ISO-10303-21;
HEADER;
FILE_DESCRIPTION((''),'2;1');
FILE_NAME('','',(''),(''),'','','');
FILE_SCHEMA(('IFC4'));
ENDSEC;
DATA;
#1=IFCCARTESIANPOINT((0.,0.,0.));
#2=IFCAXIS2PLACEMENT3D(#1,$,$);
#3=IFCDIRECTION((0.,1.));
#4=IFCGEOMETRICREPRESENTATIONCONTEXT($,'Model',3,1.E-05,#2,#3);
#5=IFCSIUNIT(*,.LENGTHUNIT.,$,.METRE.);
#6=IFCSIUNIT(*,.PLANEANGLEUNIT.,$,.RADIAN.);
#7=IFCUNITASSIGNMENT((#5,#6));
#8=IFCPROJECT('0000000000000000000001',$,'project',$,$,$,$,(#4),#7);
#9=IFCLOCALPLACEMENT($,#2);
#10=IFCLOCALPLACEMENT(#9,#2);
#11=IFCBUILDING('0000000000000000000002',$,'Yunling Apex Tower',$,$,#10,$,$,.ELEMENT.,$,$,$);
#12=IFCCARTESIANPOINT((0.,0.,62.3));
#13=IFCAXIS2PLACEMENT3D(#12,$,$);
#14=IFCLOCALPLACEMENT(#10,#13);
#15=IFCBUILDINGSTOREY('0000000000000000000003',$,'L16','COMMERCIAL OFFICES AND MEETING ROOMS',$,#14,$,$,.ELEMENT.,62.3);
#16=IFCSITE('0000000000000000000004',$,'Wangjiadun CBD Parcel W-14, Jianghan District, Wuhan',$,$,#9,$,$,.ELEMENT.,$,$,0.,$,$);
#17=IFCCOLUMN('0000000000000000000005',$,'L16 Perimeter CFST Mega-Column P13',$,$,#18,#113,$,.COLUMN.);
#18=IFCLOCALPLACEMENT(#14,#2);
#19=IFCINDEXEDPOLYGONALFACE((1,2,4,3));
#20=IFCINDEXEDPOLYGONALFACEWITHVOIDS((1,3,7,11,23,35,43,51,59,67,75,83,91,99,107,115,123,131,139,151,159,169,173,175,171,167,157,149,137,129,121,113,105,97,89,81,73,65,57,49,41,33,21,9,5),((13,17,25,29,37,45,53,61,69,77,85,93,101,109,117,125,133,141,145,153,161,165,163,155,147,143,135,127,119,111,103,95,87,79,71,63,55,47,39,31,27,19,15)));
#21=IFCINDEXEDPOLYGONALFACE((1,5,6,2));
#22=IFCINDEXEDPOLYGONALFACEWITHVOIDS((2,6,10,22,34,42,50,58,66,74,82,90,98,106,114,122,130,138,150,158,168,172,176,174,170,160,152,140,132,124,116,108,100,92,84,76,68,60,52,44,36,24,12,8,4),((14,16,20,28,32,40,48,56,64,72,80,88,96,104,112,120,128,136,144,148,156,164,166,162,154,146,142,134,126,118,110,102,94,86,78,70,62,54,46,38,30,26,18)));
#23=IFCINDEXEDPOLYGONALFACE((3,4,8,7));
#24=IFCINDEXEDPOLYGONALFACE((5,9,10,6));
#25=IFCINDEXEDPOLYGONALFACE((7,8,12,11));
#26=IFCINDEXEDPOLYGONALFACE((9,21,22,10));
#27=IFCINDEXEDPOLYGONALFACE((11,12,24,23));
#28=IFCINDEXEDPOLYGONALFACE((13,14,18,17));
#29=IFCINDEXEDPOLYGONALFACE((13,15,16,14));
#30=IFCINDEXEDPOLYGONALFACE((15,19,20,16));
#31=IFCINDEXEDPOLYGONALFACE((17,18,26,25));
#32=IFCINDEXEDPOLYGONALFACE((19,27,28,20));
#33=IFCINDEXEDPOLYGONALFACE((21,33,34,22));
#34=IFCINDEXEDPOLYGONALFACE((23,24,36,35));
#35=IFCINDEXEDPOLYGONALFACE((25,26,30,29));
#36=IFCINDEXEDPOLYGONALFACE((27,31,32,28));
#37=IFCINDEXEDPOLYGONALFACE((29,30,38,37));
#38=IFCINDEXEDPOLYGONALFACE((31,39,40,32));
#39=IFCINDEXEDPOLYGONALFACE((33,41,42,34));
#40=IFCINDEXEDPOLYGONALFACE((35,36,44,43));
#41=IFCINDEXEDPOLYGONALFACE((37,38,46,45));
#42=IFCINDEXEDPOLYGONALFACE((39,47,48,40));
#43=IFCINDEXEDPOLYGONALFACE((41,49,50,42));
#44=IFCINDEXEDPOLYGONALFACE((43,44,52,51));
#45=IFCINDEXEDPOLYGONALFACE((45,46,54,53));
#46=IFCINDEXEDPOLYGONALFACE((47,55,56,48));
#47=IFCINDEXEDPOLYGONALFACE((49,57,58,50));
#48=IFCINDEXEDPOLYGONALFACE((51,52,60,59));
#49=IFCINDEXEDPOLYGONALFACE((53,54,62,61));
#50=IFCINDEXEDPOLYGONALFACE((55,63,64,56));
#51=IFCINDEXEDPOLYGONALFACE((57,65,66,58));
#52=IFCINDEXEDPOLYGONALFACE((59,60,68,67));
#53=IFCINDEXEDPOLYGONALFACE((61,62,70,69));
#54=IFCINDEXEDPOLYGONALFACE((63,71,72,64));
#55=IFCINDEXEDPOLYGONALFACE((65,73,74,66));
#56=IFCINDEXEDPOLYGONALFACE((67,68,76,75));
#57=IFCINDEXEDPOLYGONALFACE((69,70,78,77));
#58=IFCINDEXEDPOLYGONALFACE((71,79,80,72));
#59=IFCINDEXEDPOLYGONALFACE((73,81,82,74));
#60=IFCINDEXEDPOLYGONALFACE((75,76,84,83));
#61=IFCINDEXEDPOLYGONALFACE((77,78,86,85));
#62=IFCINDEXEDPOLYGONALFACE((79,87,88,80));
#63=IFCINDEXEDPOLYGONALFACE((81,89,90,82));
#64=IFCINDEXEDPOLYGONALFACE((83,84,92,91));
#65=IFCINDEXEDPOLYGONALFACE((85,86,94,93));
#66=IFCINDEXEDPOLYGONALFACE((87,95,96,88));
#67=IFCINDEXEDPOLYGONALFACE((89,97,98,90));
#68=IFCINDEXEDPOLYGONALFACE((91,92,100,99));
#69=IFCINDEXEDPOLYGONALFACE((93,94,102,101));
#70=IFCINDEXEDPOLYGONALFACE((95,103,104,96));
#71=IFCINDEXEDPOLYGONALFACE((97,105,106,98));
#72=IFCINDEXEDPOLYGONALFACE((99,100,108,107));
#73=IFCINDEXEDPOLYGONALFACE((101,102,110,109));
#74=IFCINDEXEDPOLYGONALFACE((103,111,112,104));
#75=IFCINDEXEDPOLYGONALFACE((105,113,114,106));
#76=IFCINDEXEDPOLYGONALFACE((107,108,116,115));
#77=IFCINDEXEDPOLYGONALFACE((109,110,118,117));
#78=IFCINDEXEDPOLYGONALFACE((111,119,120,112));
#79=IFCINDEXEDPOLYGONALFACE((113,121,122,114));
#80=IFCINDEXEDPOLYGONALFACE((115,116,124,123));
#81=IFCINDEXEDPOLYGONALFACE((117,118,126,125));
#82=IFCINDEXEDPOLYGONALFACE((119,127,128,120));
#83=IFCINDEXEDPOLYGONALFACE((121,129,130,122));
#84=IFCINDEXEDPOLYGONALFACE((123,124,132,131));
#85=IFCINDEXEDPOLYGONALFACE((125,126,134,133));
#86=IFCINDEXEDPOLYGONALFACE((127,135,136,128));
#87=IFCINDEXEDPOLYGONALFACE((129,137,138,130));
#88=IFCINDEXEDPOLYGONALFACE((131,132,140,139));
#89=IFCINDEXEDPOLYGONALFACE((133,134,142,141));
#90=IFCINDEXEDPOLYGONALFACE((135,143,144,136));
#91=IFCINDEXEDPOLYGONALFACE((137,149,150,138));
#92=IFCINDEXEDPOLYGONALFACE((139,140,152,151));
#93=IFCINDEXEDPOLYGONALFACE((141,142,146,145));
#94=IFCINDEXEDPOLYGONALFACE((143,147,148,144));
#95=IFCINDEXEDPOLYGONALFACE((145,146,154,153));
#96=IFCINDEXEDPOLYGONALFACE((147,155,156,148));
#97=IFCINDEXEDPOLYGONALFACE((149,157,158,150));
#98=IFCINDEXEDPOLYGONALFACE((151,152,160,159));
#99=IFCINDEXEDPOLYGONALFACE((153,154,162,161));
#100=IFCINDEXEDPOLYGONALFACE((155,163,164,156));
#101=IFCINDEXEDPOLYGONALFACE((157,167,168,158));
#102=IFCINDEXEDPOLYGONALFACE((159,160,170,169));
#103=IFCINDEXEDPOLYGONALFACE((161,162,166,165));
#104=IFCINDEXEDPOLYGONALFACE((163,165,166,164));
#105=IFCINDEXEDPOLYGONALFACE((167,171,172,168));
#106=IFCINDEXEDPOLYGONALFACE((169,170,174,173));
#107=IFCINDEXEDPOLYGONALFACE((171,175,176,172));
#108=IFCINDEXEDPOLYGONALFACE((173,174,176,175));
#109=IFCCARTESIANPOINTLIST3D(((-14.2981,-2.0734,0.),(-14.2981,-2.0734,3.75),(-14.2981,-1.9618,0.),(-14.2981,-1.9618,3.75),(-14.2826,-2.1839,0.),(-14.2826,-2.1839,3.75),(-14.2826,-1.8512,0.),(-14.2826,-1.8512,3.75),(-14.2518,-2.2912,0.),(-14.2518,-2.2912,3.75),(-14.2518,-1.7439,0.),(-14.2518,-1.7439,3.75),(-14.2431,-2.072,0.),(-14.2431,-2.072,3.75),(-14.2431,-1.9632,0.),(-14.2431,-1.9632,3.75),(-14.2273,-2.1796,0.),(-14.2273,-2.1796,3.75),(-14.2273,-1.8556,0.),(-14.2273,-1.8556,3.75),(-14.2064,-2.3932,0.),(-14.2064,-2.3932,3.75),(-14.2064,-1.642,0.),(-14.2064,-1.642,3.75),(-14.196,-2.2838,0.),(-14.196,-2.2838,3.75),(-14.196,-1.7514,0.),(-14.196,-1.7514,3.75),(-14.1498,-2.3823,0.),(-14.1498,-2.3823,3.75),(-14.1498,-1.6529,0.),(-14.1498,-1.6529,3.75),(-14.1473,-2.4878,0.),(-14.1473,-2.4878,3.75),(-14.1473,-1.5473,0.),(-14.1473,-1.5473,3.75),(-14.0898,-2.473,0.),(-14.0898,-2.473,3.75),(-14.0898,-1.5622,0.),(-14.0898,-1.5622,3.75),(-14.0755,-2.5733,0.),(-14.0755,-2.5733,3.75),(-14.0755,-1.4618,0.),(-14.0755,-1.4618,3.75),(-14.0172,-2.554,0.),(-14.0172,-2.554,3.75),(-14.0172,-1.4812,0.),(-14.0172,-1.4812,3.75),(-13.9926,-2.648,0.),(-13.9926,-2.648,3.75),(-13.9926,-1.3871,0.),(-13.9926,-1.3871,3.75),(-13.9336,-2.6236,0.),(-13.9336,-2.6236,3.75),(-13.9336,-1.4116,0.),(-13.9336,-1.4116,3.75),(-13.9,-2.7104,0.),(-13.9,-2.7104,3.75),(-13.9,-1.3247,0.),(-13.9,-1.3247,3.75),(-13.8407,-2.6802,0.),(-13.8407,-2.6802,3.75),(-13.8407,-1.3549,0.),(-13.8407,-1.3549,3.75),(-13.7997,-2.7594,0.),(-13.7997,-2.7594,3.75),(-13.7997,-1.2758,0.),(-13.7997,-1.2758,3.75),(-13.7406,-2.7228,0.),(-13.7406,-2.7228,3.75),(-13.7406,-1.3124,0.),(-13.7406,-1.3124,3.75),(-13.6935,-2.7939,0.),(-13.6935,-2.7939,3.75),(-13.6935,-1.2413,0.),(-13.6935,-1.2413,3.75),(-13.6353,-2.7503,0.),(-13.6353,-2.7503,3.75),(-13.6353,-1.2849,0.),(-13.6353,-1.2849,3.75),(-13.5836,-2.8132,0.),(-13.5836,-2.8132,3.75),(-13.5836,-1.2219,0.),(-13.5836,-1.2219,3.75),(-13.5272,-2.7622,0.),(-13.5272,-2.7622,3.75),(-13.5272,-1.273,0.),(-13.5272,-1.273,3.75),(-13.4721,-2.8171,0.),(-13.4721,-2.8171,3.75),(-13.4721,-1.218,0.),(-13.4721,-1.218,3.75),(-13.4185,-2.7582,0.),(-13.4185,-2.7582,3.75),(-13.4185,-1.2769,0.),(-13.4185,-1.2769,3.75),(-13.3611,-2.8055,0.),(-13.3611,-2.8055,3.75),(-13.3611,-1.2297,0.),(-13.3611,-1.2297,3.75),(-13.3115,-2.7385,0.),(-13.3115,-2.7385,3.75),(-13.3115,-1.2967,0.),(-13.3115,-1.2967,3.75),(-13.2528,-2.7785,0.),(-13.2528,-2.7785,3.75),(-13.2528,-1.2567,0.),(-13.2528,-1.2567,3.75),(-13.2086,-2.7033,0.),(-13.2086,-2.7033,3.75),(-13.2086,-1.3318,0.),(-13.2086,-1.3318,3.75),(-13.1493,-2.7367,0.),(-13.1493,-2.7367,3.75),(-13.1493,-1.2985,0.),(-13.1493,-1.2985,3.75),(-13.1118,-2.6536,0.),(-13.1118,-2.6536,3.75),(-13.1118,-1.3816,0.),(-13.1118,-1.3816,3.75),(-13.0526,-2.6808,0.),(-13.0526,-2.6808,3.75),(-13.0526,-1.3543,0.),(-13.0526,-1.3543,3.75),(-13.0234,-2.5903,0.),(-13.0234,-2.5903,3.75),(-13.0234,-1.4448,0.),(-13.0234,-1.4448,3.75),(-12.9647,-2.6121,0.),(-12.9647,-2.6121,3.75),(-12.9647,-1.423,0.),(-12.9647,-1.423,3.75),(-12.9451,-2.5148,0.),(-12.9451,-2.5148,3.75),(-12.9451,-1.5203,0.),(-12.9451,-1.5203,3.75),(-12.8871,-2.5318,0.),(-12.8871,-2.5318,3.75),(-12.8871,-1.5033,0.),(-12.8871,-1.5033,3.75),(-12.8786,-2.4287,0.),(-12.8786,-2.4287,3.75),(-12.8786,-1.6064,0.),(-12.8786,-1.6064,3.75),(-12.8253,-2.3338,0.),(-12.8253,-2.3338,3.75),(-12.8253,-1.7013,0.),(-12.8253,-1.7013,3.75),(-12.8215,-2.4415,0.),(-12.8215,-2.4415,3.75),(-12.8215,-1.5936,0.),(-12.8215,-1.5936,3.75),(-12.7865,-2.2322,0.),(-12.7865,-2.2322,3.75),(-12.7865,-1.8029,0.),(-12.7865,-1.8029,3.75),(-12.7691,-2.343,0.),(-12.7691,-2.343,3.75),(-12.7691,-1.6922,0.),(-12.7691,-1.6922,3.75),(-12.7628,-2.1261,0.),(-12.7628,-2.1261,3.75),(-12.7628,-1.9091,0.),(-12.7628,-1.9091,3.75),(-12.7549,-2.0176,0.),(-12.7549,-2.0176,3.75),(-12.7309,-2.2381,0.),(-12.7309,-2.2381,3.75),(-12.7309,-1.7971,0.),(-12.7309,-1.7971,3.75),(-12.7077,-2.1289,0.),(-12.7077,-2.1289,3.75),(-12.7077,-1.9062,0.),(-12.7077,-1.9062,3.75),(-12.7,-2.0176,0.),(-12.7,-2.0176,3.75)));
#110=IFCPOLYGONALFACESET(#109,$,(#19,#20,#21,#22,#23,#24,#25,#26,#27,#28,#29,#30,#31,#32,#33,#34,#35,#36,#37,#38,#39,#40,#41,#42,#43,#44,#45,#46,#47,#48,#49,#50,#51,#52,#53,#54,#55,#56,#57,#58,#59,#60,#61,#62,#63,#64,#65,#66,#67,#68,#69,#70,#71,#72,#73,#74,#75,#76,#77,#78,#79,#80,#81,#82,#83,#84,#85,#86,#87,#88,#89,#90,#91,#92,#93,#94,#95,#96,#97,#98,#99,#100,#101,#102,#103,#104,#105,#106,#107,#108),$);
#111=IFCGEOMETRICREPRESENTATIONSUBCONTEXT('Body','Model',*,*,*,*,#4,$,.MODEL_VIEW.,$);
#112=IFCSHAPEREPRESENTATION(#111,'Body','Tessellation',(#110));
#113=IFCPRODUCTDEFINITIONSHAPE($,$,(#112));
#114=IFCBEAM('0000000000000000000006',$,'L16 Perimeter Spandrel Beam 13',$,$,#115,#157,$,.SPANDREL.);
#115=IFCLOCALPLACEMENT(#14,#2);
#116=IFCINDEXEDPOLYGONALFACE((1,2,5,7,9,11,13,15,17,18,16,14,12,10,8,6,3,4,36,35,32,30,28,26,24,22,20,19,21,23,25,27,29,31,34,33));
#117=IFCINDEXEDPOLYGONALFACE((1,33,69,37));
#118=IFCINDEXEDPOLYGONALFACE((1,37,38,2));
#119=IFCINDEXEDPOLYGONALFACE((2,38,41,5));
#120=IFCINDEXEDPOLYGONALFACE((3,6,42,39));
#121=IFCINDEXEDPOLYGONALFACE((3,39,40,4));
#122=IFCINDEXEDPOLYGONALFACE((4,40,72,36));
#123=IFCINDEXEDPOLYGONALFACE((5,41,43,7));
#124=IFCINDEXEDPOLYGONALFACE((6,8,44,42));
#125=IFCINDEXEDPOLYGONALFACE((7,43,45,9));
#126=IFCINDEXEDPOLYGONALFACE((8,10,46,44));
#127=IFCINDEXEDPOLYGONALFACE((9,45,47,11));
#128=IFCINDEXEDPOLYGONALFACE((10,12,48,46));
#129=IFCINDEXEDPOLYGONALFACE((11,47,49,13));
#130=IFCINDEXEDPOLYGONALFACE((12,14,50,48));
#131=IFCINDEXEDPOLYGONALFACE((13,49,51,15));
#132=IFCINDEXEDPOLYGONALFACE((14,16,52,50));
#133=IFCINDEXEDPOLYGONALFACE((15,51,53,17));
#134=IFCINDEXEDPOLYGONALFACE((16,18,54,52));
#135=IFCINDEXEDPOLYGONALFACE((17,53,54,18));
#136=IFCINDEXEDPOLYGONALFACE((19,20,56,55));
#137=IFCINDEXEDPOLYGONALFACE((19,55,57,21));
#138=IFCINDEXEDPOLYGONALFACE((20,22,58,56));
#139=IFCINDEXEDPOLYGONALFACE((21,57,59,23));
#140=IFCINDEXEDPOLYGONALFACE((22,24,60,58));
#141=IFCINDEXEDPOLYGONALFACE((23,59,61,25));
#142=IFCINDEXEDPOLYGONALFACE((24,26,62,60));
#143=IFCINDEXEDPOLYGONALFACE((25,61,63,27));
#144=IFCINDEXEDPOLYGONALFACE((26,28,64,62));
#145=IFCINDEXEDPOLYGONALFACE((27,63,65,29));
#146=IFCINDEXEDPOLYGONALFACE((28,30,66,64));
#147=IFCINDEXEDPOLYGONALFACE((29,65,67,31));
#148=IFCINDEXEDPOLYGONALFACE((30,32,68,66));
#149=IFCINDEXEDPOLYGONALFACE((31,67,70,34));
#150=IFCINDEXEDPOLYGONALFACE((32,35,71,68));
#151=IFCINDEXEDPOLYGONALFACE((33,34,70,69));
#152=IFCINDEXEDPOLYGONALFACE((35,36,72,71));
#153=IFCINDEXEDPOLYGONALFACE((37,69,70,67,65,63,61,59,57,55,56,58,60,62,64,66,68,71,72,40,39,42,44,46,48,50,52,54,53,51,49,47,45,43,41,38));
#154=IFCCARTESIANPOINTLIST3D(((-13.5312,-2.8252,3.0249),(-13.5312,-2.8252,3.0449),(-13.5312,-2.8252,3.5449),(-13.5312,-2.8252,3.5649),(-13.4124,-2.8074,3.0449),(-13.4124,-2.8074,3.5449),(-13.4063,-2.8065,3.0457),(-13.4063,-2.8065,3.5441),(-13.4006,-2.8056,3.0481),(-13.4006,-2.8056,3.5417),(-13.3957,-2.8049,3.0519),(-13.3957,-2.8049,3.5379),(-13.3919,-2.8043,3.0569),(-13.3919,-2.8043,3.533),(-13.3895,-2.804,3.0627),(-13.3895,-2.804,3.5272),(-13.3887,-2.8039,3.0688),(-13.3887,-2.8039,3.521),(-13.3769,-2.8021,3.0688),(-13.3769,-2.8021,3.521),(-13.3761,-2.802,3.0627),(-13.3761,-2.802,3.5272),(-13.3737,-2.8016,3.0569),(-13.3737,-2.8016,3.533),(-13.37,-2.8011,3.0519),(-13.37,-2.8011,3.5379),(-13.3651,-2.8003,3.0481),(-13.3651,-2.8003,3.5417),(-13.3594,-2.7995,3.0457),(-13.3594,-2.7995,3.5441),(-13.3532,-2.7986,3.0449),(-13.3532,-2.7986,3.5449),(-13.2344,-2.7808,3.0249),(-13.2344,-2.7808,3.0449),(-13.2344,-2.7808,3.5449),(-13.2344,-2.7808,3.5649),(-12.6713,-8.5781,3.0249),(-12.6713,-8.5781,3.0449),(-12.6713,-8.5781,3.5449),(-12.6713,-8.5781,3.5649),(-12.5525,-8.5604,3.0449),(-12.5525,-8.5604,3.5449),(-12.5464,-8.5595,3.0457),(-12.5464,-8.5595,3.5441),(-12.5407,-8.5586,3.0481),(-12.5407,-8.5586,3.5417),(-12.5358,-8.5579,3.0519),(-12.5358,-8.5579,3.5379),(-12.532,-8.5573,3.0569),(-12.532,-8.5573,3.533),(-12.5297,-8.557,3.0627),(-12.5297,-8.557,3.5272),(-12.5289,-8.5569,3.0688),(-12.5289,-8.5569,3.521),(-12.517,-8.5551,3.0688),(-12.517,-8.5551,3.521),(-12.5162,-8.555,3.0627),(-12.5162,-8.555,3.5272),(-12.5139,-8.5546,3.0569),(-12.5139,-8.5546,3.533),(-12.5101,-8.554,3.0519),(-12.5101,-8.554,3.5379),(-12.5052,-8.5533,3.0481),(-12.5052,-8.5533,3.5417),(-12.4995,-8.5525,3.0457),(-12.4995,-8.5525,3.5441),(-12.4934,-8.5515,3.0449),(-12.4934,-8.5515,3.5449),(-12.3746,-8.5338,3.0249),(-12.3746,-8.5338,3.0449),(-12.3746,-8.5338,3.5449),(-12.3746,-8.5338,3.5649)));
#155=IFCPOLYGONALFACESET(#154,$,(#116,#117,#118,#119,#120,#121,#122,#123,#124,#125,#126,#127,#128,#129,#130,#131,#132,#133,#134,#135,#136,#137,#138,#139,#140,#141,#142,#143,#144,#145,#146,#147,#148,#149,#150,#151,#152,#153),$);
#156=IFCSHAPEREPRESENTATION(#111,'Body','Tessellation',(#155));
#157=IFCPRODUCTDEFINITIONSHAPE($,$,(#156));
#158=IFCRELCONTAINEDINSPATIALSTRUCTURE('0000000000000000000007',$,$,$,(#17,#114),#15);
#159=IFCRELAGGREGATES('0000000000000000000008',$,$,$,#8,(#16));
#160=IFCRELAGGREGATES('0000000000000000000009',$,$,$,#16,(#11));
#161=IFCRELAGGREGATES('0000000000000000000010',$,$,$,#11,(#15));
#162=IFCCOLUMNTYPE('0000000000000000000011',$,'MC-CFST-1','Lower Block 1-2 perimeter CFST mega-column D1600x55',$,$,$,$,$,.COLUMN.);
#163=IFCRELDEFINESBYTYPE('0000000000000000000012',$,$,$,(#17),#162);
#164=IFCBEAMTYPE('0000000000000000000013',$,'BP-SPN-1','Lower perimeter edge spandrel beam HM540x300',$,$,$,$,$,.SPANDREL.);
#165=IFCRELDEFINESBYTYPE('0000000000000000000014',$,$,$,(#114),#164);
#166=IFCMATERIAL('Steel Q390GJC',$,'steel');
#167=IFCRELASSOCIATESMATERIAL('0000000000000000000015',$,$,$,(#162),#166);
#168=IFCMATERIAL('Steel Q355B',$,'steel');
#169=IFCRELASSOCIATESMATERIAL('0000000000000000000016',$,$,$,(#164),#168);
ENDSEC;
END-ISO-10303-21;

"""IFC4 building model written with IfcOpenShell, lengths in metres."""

from ifc_helpers import new_model, si_unit, direction, frame, origin, origin_2d, place, context, subcontext, project, spatial, hollow_circle, i_section, extrude, source, transform, mapped, material, material_profile, profile_set, type_object, element, save


model = new_model("IFC4")

# Units and contexts
model_context = context("Model", 3, precision=1e-05, world=origin(), true_north=direction((0.0, 1.0)))
body_context = subcontext(model_context, "Body", "Model", "MODEL_VIEW")
ifc_project = project(units=[si_unit("LENGTHUNIT", "METRE"), si_unit("PLANEANGLEUNIT", "RADIAN")], contexts=[model_context])

# Site, building, storey
site_placement = place(None, origin())
site = spatial("IfcSite", under=ifc_project, at=site_placement, Name="Wangjiadun CBD Parcel W-14, Jianghan District, Wuhan", CompositionType="ELEMENT", RefElevation=0.0)
building_placement = place(site_placement, origin())
building = spatial("IfcBuilding", under=site, at=building_placement, Name="Yunling Apex Tower", CompositionType="ELEMENT")
storey_placement = place(building_placement, frame((0.0, 0.0, 62.3)))
storey = spatial("IfcBuildingStorey", under=building, at=storey_placement, Name="L16", Description="COMMERCIAL OFFICES AND MEETING ROOMS", CompositionType="ELEMENT", Elevation=62.3)

# Column
ifc_material_1 = material(Name="Steel Q390GJC", Category="steel")
ifc_material_profile_1 = material_profile(ifc_material_1, hollow_circle(Radius=0.8, WallThickness=0.0549, at=origin_2d()))
ifc_profile_set_1 = profile_set([ifc_material_profile_1], Name="Steel Q390GJC")
column_type = type_object("IfcColumnType", Name="MC-CFST-1", Description="Lower Block 1-2 perimeter CFST mega-column D1600x55", PredefinedType="COLUMN", material=ifc_profile_set_1)
shared_shape_1 = source(origin(), body_context, "Body", "SweptSolid", [
    extrude(hollow_circle(Radius=0.8, WallThickness=0.0549, at=origin_2d()), origin(), (0.0, 0.0, 1.0), 3.75),
])
column_placement = place(storey_placement, frame((-13.5, -2.0176, 0.0), z_axis=(0.0, 0.0, 1.0), x_axis=(1.0, 0.0, 0.0)))
element("IfcColumn", 1, at=column_placement, inside=storey, type_object=column_type, Name="L16 Perimeter CFST Mega-Column P13", PredefinedType="COLUMN", context=body_context, shape_type="MappedRepresentation", body=[
    mapped(shared_shape_1, transform((0.0, 0.0, 0.0), scale=1.0)),
])

# Beam
ifc_material_2 = material(Name="Steel Q355B", Category="steel")
ifc_material_profile_2 = material_profile(ifc_material_2, i_section(OverallWidth=0.3, OverallDepth=0.54, WebThickness=0.012, FlangeThickness=0.02, FilletRadius=0.0239, at=origin_2d()))
ifc_profile_set_2 = profile_set([ifc_material_profile_2], Name="Steel Q355B")
beam_type_1 = type_object("IfcBeamType", Name="BP-SPN-1", Description="Lower perimeter edge spandrel beam HM540x300", PredefinedType="SPANDREL", material=ifc_profile_set_2)
shared_shape_2 = source(origin(), body_context, "Body", "SweptSolid", [
    extrude(i_section(OverallWidth=0.3, OverallDepth=0.54, WebThickness=0.012, FlangeThickness=0.02, FilletRadius=0.0239, at=origin_2d()), origin(), (0.0, 0.0, 1.0), 5.8169),
])
beam_1_placement = place(storey_placement, frame((-13.3828, -2.803, 3.2949), z_axis=(0.147823, -0.989014, 0.0), x_axis=(0.989014, 0.147823, 0.0)))
element("IfcBeam", 2, at=beam_1_placement, inside=storey, type_object=beam_type_1, Name="L16 Perimeter Spandrel Beam 13", PredefinedType="SPANDREL", context=body_context, shape_type="MappedRepresentation", body=[
    mapped(shared_shape_2, transform((0.0, 0.0, 0.0), scale=1.0)),
])

save(model, "model.ifc")
